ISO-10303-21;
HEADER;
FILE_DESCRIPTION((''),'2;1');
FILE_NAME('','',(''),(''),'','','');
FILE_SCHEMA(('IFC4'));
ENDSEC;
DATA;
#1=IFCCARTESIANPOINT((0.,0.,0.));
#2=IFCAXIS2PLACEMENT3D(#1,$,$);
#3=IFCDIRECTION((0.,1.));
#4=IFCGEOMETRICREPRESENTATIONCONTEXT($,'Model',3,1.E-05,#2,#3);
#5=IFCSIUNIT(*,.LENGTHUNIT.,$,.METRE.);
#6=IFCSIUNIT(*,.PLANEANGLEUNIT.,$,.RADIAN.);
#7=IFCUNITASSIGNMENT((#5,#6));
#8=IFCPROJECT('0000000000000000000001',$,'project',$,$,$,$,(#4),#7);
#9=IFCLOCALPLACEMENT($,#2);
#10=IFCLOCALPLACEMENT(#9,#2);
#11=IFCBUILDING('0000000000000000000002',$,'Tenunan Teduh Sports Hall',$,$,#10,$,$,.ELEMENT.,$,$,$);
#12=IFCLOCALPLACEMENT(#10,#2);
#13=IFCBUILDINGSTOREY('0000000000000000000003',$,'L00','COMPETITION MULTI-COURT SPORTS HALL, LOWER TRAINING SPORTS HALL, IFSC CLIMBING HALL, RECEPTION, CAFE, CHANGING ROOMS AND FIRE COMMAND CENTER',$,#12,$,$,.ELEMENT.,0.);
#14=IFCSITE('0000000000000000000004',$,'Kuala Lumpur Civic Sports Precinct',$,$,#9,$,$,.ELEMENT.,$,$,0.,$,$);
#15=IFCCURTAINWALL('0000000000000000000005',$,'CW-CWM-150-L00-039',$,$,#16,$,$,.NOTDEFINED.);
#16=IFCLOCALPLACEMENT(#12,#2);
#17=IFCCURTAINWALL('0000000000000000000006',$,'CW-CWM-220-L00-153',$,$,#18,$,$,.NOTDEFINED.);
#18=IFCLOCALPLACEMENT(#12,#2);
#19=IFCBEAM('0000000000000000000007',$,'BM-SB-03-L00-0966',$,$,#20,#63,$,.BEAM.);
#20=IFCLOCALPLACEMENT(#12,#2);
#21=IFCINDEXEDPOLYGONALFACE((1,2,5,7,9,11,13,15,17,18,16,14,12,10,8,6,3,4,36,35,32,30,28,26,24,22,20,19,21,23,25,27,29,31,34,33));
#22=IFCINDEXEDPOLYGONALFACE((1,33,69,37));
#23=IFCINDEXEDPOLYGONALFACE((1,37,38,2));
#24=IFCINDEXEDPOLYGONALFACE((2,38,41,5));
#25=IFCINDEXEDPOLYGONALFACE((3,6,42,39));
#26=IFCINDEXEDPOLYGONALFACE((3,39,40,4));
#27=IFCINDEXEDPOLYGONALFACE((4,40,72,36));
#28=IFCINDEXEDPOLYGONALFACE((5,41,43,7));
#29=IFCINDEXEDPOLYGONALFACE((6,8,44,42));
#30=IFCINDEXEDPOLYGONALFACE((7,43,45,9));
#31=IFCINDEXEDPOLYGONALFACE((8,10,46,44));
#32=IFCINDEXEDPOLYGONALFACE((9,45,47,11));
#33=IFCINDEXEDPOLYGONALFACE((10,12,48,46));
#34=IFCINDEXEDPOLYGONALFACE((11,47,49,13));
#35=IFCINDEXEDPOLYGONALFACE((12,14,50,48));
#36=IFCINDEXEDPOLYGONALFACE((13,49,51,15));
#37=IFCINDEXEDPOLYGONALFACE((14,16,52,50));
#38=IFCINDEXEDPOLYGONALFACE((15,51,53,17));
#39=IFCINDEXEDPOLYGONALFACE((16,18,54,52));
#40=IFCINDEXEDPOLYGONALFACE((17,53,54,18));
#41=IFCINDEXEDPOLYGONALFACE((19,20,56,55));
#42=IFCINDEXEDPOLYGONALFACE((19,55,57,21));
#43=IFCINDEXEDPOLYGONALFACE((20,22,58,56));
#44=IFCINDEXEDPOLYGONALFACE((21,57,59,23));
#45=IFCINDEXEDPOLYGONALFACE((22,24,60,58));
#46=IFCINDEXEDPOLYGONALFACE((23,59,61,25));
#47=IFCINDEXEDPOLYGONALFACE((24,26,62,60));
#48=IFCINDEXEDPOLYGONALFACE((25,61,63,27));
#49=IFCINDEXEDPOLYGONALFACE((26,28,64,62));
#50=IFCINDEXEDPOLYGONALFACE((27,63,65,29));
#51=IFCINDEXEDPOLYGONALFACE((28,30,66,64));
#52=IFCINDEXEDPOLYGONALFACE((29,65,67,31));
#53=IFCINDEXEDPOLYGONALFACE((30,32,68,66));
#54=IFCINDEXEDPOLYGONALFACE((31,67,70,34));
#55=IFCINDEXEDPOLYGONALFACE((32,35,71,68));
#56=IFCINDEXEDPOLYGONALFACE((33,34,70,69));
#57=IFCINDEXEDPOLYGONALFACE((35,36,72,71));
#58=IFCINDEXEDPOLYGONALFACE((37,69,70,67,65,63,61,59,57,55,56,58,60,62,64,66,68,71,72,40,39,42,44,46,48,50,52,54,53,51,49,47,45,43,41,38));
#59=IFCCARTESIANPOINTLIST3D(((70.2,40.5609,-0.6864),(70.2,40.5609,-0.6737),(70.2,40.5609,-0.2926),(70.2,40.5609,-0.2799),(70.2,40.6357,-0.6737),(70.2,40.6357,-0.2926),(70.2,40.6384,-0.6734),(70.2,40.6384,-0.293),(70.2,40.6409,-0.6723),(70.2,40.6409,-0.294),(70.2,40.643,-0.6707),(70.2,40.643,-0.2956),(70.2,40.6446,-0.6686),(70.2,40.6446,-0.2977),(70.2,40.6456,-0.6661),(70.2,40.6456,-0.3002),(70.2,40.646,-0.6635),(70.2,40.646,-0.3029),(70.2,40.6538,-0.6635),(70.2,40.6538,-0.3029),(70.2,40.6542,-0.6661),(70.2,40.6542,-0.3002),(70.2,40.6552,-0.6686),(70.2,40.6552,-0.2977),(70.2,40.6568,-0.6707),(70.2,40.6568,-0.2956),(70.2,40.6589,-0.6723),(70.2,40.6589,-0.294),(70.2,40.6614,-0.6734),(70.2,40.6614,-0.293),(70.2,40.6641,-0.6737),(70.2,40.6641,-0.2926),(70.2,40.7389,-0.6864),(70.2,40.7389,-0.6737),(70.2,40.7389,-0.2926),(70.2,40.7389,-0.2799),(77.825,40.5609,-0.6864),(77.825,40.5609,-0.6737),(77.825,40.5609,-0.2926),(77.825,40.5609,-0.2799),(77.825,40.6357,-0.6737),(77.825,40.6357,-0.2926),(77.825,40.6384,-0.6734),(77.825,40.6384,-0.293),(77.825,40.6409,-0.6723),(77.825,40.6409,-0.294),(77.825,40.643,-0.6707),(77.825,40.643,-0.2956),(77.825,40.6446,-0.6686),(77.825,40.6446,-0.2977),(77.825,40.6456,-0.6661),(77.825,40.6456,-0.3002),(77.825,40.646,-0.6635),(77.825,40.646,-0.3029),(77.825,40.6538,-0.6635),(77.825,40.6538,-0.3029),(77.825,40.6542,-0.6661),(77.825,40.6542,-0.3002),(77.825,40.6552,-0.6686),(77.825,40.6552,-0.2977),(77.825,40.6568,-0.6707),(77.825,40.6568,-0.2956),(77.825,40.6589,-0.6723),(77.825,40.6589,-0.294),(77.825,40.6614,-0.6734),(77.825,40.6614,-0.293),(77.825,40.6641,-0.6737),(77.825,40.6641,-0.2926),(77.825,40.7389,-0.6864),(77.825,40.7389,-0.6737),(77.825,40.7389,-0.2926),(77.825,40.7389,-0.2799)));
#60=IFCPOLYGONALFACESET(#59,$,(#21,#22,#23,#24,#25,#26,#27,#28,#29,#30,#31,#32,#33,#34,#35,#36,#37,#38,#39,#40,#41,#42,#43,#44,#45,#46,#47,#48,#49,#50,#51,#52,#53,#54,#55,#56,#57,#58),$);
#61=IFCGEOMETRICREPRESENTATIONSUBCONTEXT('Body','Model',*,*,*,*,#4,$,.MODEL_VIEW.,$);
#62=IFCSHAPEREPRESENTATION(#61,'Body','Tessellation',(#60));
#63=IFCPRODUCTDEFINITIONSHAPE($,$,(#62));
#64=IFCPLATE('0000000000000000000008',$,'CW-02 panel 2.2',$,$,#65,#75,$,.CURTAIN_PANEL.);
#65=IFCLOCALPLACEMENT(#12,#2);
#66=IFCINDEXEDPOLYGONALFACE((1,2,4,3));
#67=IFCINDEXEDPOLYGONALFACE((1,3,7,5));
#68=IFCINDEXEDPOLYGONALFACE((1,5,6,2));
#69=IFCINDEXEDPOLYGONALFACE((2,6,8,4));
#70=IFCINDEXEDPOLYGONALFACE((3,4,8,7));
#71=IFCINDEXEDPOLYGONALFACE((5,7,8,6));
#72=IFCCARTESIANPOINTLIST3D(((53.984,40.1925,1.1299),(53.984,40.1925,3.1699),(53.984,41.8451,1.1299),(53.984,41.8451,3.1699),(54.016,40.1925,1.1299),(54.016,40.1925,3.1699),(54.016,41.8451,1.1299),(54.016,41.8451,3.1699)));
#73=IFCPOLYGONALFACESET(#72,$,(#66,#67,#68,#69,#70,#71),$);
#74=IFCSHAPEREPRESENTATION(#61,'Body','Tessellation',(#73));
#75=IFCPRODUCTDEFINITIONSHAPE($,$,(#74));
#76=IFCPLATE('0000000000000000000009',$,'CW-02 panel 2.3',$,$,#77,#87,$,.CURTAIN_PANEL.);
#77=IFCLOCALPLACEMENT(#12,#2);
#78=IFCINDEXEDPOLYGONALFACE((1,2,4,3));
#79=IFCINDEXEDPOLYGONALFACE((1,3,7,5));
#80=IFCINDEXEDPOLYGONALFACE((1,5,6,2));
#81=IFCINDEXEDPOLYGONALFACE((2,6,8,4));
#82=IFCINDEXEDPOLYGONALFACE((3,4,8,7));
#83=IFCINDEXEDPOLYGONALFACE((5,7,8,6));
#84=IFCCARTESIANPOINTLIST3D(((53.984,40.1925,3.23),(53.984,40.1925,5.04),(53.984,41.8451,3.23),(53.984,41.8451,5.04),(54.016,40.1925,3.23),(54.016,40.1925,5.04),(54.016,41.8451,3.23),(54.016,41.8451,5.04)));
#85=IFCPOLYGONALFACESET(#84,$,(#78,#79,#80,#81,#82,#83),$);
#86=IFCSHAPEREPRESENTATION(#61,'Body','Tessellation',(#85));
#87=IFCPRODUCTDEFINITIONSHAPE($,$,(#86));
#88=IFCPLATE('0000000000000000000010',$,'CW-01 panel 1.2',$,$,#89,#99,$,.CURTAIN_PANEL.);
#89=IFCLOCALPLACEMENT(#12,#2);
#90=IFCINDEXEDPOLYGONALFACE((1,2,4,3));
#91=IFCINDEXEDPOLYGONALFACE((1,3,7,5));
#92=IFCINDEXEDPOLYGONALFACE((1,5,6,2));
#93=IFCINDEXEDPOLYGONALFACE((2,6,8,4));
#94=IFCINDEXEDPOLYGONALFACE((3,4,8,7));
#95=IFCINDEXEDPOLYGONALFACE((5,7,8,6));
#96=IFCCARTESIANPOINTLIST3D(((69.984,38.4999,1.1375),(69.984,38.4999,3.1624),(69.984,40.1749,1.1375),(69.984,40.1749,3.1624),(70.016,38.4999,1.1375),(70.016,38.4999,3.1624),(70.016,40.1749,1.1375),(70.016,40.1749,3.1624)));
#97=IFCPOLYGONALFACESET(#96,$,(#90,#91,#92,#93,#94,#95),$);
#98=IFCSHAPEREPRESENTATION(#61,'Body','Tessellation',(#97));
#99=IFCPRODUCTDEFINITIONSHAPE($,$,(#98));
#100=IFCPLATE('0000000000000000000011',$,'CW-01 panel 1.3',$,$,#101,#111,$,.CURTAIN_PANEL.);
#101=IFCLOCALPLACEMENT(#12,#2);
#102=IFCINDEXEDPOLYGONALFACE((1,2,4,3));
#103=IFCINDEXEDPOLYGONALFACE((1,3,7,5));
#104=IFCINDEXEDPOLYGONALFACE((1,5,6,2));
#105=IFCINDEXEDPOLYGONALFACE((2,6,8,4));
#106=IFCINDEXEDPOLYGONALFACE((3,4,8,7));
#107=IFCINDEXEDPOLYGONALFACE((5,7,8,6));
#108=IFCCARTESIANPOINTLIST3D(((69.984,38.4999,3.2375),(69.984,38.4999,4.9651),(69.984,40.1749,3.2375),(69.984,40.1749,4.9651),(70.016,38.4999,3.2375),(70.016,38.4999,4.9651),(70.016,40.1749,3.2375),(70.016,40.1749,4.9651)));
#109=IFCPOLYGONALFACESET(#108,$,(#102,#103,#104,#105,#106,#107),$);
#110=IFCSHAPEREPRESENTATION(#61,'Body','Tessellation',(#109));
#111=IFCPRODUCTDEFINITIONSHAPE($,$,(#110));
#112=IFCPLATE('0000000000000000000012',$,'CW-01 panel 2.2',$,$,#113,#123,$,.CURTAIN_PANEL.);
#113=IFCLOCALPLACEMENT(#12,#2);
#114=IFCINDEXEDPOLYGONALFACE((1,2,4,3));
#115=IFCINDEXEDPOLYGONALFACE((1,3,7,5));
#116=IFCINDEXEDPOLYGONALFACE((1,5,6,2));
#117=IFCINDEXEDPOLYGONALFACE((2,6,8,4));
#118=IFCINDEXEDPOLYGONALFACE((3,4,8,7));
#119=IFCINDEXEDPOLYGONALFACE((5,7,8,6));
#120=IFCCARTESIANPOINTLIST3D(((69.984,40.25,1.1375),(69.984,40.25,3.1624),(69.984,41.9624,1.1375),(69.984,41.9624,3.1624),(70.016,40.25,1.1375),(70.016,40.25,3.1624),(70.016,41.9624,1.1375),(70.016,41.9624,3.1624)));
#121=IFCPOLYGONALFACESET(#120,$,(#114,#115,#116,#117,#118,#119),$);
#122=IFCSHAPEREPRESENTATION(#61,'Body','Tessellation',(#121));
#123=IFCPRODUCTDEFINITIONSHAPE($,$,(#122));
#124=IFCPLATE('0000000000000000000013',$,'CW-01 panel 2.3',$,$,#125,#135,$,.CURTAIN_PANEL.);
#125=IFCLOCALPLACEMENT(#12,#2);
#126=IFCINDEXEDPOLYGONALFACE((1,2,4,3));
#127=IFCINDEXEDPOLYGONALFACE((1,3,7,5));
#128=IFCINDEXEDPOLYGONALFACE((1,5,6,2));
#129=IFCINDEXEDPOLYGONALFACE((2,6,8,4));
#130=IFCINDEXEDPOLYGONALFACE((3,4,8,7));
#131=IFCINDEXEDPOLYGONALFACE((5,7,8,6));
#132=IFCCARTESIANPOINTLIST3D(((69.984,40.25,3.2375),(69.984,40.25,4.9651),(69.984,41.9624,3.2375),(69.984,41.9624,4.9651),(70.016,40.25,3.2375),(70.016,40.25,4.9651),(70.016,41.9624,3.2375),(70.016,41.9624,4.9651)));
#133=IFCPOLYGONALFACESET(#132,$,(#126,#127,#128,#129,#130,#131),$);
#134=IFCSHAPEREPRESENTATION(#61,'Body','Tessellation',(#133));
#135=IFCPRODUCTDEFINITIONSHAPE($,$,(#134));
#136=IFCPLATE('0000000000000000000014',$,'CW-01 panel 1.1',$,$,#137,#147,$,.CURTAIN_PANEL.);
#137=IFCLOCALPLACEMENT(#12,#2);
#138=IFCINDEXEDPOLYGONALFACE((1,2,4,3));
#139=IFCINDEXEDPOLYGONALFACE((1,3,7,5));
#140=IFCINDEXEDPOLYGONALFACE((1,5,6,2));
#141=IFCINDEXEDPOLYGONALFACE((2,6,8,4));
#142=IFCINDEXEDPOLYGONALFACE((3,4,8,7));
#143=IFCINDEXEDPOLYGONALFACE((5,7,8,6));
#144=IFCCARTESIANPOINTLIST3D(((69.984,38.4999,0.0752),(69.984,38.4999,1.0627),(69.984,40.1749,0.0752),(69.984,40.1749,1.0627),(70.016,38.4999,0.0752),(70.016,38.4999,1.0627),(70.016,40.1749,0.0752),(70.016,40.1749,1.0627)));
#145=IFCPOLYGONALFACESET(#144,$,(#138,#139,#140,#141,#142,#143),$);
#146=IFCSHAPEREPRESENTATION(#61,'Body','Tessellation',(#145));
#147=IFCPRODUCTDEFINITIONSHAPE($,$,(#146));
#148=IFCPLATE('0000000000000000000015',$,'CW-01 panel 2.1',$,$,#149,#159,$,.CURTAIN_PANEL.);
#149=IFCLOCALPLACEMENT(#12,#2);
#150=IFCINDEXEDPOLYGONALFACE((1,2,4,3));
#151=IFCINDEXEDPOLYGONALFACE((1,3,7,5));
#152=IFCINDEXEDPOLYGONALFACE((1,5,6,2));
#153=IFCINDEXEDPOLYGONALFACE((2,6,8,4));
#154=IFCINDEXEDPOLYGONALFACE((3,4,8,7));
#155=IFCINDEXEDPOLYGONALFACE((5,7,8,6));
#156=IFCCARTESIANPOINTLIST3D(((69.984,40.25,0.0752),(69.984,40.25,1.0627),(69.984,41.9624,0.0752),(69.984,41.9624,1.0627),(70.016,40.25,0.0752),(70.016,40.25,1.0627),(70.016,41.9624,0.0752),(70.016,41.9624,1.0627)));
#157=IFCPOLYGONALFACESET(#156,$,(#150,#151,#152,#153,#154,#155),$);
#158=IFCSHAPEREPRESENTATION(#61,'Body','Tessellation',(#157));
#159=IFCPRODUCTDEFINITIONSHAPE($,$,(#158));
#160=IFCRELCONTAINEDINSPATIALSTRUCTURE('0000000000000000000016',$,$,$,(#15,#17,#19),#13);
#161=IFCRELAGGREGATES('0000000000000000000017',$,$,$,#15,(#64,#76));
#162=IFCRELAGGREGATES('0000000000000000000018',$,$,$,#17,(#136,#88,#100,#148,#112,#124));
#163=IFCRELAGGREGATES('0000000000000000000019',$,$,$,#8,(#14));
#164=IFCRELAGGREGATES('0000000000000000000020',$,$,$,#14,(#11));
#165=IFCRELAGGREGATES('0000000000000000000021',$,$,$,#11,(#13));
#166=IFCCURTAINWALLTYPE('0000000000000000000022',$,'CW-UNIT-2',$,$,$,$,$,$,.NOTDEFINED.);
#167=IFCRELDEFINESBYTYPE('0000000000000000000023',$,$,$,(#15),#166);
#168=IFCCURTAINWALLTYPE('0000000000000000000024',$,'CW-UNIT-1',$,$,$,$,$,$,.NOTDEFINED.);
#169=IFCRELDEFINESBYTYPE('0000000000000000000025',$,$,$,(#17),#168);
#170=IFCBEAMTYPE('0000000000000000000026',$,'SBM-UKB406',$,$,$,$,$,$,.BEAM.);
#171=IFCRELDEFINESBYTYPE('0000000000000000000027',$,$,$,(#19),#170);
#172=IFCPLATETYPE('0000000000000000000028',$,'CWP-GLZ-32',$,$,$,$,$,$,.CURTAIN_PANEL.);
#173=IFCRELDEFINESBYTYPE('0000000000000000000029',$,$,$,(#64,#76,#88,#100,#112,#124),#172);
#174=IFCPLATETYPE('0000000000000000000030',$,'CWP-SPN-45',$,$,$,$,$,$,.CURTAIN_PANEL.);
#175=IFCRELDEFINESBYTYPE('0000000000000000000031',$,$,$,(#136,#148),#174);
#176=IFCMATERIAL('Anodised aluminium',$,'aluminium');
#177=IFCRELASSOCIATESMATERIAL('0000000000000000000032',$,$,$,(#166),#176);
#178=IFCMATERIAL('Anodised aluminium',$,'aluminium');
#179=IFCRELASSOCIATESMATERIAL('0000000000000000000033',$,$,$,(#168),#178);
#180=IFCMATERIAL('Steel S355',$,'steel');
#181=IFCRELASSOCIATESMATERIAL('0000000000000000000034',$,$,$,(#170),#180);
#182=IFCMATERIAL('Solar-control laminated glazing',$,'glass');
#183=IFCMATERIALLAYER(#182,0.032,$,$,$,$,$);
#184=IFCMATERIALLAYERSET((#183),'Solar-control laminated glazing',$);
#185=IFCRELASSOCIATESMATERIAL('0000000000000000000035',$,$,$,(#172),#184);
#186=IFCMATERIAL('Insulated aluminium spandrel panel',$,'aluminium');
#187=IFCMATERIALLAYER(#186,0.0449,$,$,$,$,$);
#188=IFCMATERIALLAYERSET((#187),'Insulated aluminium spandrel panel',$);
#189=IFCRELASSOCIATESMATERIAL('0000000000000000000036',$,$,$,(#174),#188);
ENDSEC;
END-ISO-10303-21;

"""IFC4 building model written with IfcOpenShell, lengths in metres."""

from ifc_helpers import new_model, si_unit, direction, frame, origin, origin_2d, place, context, subcontext, project, spatial, rectangle, i_section, extrude, material, layer, layer_set, material_profile, profile_set, type_object, element, aggregate, save


model = new_model("IFC4")

# Units and contexts
model_context = context("Model", 3, precision=1e-05, world=origin(), true_north=direction((0.0, 1.0)))
body_context = subcontext(model_context, "Body", "Model", "MODEL_VIEW")
ifc_project = project(units=[si_unit("LENGTHUNIT", "METRE"), si_unit("PLANEANGLEUNIT", "RADIAN")], contexts=[model_context])

# Site, building, storey
site_placement = place(None, origin())
site = spatial("IfcSite", under=ifc_project, at=site_placement, Name="Kuala Lumpur Civic Sports Precinct", CompositionType="ELEMENT", RefElevation=0.0)
building_placement = place(site_placement, origin())
building = spatial("IfcBuilding", under=site, at=building_placement, Name="Tenunan Teduh Sports Hall", CompositionType="ELEMENT")
storey_placement = place(building_placement, origin())
storey = spatial("IfcBuildingStorey", under=building, at=storey_placement, Name="L00", Description="COMPETITION MULTI-COURT SPORTS HALL, LOWER TRAINING SPORTS HALL, IFSC CLIMBING HALL, RECEPTION, CAFE, CHANGING ROOMS AND FIRE COMMAND CENTER", CompositionType="ELEMENT", Elevation=0.0)

# Curtain wall
ifc_material_1 = material(Name="Anodised aluminium", Category="aluminium")
curtain_wall_type_1 = type_object("IfcCurtainWallType", Name="CW-UNIT-2", PredefinedType="NOTDEFINED", material=ifc_material_1)
curtain_wall_1_placement = place(storey_placement, origin())
curtain_wall_1 = element("IfcCurtainWall", 1, at=curtain_wall_1_placement, inside=storey, type_object=curtain_wall_type_1, Name="CW-CWM-150-L00-039", PredefinedType="NOTDEFINED")

# Curtain wall
ifc_material_2 = material(Name="Anodised aluminium", Category="aluminium")
curtain_wall_type_2 = type_object("IfcCurtainWallType", Name="CW-UNIT-1", PredefinedType="NOTDEFINED", material=ifc_material_2)
curtain_wall_2_placement = place(storey_placement, origin())
curtain_wall_2 = element("IfcCurtainWall", 2, at=curtain_wall_2_placement, inside=storey, type_object=curtain_wall_type_2, Name="CW-CWM-220-L00-153", PredefinedType="NOTDEFINED")

# Beam
ifc_material_3 = material(Name="Steel S355", Category="steel")
ifc_material_profile_1 = material_profile(ifc_material_3, i_section(OverallWidth=0.178, OverallDepth=0.4065, WebThickness=0.0078, FlangeThickness=0.0127, FilletRadius=0.0103, at=origin_2d()), Name="UKB 406x178x60")
ifc_profile_set_1 = profile_set([ifc_material_profile_1], Name="Steel S355")
beam_type = type_object("IfcBeamType", Name="SBM-UKB406", PredefinedType="BEAM", material=ifc_profile_set_1)
beam_placement = place(storey_placement, frame((70.2, 40.6499, -0.4832), z_axis=(1.0, 0.0, 0.0), x_axis=(0.0, 1.0, 0.0)))
element("IfcBeam", 3, at=beam_placement, inside=storey, type_object=beam_type, Name="BM-SB-03-L00-0966", PredefinedType="BEAM", context=body_context, shape_type="SweptSolid", body=[
    extrude(i_section(OverallWidth=0.178, OverallDepth=0.4065, WebThickness=0.0078, FlangeThickness=0.0127, FilletRadius=0.0103, at=origin_2d()), origin(), (0.0, 0.0, 1.0), 7.625),
])

# Plates
ifc_material_4 = material(Name="Solar-control laminated glazing", Category="glass")
ifc_layer_1 = layer(ifc_material_4, 0.032)
ifc_layer_set_1 = layer_set([ifc_layer_1], Name="Solar-control laminated glazing")
plate_type_1 = type_object("IfcPlateType", Name="CWP-GLZ-32", PredefinedType="CURTAIN_PANEL", material=ifc_layer_set_1)
plate_1_placement = place(storey_placement, frame((54.0, 41.0188, 1.1299), z_axis=(0.0, 0.0, 1.0), x_axis=(0.0, 1.0, 0.0)))
plate_1 = element("IfcPlate", 4, at=plate_1_placement, type_object=plate_type_1, Name="CW-02 panel 2.2", PredefinedType="CURTAIN_PANEL", context=body_context, shape_type="SweptSolid", body=[
    extrude(rectangle(XDim=1.6526, YDim=0.032, at=origin_2d()), origin(), (0.0, 0.0, 1.0), 2.04),
])
plate_2_placement = place(storey_placement, frame((54.0, 41.0188, 3.23), z_axis=(0.0, 0.0, 1.0), x_axis=(0.0, 1.0, 0.0)))
plate_2 = element("IfcPlate", 5, at=plate_2_placement, type_object=plate_type_1, Name="CW-02 panel 2.3", PredefinedType="CURTAIN_PANEL", context=body_context, shape_type="SweptSolid", body=[
    extrude(rectangle(XDim=1.6526, YDim=0.032, at=origin_2d()), origin(), (0.0, 0.0, 1.0), 1.8101),
])
aggregate(curtain_wall_1, [plate_1, plate_2])
plate_3_placement = place(storey_placement, frame((70.0, 39.3374, 1.1375), z_axis=(0.0, 0.0, 1.0), x_axis=(0.0, 1.0, 0.0)))
plate_3 = element("IfcPlate", 6, at=plate_3_placement, type_object=plate_type_1, Name="CW-01 panel 1.2", PredefinedType="CURTAIN_PANEL", context=body_context, shape_type="SweptSolid", body=[
    extrude(rectangle(XDim=1.675, YDim=0.032, at=origin_2d()), origin(), (0.0, 0.0, 1.0), 2.0249),
])
plate_4_placement = place(storey_placement, frame((70.0, 39.3374, 3.2375), z_axis=(0.0, 0.0, 1.0), x_axis=(0.0, 1.0, 0.0)))
plate_4 = element("IfcPlate", 7, at=plate_4_placement, type_object=plate_type_1, Name="CW-01 panel 1.3", PredefinedType="CURTAIN_PANEL", context=body_context, shape_type="SweptSolid", body=[
    extrude(rectangle(XDim=1.675, YDim=0.032, at=origin_2d()), origin(), (0.0, 0.0, 1.0), 1.7275),
])
plate_5_placement = place(storey_placement, frame((70.0, 41.1062, 1.1375), z_axis=(0.0, 0.0, 1.0), x_axis=(0.0, 1.0, 0.0)))
plate_5 = element("IfcPlate", 8, at=plate_5_placement, type_object=plate_type_1, Name="CW-01 panel 2.2", PredefinedType="CURTAIN_PANEL", context=body_context, shape_type="SweptSolid", body=[
    extrude(rectangle(XDim=1.7124, YDim=0.032, at=origin_2d()), origin(), (0.0, 0.0, 1.0), 2.0249),
])
plate_6_placement = place(storey_placement, frame((70.0, 41.1062, 3.2375), z_axis=(0.0, 0.0, 1.0), x_axis=(0.0, 1.0, 0.0)))
plate_6 = element("IfcPlate", 9, at=plate_6_placement, type_object=plate_type_1, Name="CW-01 panel 2.3", PredefinedType="CURTAIN_PANEL", context=body_context, shape_type="SweptSolid", body=[
    extrude(rectangle(XDim=1.7124, YDim=0.032, at=origin_2d()), origin(), (0.0, 0.0, 1.0), 1.7275),
])
ifc_material_5 = material(Name="Insulated aluminium spandrel panel", Category="aluminium")
ifc_layer_2 = layer(ifc_material_5, 0.0449)
ifc_layer_set_2 = layer_set([ifc_layer_2], Name="Insulated aluminium spandrel panel")
plate_type_2 = type_object("IfcPlateType", Name="CWP-SPN-45", PredefinedType="CURTAIN_PANEL", material=ifc_layer_set_2)
plate_7_placement = place(storey_placement, frame((70.0, 39.3374, 0.0752), z_axis=(0.0, 0.0, 1.0), x_axis=(0.0, 1.0, 0.0)))
plate_7 = element("IfcPlate", 10, at=plate_7_placement, type_object=plate_type_2, Name="CW-01 panel 1.1", PredefinedType="CURTAIN_PANEL", context=body_context, shape_type="SweptSolid", body=[
    extrude(rectangle(XDim=1.675, YDim=0.032, at=origin_2d()), origin(), (0.0, 0.0, 1.0), 0.9875),
])
plate_8_placement = place(storey_placement, frame((70.0, 41.1062, 0.0752), z_axis=(0.0, 0.0, 1.0), x_axis=(0.0, 1.0, 0.0)))
plate_8 = element("IfcPlate", 11, at=plate_8_placement, type_object=plate_type_2, Name="CW-01 panel 2.1", PredefinedType="CURTAIN_PANEL", context=body_context, shape_type="SweptSolid", body=[
    extrude(rectangle(XDim=1.7124, YDim=0.032, at=origin_2d()), origin(), (0.0, 0.0, 1.0), 0.9875),
])
aggregate(curtain_wall_2, [plate_7, plate_3, plate_4, plate_8, plate_5, plate_6])

save(model, "model.ifc")
